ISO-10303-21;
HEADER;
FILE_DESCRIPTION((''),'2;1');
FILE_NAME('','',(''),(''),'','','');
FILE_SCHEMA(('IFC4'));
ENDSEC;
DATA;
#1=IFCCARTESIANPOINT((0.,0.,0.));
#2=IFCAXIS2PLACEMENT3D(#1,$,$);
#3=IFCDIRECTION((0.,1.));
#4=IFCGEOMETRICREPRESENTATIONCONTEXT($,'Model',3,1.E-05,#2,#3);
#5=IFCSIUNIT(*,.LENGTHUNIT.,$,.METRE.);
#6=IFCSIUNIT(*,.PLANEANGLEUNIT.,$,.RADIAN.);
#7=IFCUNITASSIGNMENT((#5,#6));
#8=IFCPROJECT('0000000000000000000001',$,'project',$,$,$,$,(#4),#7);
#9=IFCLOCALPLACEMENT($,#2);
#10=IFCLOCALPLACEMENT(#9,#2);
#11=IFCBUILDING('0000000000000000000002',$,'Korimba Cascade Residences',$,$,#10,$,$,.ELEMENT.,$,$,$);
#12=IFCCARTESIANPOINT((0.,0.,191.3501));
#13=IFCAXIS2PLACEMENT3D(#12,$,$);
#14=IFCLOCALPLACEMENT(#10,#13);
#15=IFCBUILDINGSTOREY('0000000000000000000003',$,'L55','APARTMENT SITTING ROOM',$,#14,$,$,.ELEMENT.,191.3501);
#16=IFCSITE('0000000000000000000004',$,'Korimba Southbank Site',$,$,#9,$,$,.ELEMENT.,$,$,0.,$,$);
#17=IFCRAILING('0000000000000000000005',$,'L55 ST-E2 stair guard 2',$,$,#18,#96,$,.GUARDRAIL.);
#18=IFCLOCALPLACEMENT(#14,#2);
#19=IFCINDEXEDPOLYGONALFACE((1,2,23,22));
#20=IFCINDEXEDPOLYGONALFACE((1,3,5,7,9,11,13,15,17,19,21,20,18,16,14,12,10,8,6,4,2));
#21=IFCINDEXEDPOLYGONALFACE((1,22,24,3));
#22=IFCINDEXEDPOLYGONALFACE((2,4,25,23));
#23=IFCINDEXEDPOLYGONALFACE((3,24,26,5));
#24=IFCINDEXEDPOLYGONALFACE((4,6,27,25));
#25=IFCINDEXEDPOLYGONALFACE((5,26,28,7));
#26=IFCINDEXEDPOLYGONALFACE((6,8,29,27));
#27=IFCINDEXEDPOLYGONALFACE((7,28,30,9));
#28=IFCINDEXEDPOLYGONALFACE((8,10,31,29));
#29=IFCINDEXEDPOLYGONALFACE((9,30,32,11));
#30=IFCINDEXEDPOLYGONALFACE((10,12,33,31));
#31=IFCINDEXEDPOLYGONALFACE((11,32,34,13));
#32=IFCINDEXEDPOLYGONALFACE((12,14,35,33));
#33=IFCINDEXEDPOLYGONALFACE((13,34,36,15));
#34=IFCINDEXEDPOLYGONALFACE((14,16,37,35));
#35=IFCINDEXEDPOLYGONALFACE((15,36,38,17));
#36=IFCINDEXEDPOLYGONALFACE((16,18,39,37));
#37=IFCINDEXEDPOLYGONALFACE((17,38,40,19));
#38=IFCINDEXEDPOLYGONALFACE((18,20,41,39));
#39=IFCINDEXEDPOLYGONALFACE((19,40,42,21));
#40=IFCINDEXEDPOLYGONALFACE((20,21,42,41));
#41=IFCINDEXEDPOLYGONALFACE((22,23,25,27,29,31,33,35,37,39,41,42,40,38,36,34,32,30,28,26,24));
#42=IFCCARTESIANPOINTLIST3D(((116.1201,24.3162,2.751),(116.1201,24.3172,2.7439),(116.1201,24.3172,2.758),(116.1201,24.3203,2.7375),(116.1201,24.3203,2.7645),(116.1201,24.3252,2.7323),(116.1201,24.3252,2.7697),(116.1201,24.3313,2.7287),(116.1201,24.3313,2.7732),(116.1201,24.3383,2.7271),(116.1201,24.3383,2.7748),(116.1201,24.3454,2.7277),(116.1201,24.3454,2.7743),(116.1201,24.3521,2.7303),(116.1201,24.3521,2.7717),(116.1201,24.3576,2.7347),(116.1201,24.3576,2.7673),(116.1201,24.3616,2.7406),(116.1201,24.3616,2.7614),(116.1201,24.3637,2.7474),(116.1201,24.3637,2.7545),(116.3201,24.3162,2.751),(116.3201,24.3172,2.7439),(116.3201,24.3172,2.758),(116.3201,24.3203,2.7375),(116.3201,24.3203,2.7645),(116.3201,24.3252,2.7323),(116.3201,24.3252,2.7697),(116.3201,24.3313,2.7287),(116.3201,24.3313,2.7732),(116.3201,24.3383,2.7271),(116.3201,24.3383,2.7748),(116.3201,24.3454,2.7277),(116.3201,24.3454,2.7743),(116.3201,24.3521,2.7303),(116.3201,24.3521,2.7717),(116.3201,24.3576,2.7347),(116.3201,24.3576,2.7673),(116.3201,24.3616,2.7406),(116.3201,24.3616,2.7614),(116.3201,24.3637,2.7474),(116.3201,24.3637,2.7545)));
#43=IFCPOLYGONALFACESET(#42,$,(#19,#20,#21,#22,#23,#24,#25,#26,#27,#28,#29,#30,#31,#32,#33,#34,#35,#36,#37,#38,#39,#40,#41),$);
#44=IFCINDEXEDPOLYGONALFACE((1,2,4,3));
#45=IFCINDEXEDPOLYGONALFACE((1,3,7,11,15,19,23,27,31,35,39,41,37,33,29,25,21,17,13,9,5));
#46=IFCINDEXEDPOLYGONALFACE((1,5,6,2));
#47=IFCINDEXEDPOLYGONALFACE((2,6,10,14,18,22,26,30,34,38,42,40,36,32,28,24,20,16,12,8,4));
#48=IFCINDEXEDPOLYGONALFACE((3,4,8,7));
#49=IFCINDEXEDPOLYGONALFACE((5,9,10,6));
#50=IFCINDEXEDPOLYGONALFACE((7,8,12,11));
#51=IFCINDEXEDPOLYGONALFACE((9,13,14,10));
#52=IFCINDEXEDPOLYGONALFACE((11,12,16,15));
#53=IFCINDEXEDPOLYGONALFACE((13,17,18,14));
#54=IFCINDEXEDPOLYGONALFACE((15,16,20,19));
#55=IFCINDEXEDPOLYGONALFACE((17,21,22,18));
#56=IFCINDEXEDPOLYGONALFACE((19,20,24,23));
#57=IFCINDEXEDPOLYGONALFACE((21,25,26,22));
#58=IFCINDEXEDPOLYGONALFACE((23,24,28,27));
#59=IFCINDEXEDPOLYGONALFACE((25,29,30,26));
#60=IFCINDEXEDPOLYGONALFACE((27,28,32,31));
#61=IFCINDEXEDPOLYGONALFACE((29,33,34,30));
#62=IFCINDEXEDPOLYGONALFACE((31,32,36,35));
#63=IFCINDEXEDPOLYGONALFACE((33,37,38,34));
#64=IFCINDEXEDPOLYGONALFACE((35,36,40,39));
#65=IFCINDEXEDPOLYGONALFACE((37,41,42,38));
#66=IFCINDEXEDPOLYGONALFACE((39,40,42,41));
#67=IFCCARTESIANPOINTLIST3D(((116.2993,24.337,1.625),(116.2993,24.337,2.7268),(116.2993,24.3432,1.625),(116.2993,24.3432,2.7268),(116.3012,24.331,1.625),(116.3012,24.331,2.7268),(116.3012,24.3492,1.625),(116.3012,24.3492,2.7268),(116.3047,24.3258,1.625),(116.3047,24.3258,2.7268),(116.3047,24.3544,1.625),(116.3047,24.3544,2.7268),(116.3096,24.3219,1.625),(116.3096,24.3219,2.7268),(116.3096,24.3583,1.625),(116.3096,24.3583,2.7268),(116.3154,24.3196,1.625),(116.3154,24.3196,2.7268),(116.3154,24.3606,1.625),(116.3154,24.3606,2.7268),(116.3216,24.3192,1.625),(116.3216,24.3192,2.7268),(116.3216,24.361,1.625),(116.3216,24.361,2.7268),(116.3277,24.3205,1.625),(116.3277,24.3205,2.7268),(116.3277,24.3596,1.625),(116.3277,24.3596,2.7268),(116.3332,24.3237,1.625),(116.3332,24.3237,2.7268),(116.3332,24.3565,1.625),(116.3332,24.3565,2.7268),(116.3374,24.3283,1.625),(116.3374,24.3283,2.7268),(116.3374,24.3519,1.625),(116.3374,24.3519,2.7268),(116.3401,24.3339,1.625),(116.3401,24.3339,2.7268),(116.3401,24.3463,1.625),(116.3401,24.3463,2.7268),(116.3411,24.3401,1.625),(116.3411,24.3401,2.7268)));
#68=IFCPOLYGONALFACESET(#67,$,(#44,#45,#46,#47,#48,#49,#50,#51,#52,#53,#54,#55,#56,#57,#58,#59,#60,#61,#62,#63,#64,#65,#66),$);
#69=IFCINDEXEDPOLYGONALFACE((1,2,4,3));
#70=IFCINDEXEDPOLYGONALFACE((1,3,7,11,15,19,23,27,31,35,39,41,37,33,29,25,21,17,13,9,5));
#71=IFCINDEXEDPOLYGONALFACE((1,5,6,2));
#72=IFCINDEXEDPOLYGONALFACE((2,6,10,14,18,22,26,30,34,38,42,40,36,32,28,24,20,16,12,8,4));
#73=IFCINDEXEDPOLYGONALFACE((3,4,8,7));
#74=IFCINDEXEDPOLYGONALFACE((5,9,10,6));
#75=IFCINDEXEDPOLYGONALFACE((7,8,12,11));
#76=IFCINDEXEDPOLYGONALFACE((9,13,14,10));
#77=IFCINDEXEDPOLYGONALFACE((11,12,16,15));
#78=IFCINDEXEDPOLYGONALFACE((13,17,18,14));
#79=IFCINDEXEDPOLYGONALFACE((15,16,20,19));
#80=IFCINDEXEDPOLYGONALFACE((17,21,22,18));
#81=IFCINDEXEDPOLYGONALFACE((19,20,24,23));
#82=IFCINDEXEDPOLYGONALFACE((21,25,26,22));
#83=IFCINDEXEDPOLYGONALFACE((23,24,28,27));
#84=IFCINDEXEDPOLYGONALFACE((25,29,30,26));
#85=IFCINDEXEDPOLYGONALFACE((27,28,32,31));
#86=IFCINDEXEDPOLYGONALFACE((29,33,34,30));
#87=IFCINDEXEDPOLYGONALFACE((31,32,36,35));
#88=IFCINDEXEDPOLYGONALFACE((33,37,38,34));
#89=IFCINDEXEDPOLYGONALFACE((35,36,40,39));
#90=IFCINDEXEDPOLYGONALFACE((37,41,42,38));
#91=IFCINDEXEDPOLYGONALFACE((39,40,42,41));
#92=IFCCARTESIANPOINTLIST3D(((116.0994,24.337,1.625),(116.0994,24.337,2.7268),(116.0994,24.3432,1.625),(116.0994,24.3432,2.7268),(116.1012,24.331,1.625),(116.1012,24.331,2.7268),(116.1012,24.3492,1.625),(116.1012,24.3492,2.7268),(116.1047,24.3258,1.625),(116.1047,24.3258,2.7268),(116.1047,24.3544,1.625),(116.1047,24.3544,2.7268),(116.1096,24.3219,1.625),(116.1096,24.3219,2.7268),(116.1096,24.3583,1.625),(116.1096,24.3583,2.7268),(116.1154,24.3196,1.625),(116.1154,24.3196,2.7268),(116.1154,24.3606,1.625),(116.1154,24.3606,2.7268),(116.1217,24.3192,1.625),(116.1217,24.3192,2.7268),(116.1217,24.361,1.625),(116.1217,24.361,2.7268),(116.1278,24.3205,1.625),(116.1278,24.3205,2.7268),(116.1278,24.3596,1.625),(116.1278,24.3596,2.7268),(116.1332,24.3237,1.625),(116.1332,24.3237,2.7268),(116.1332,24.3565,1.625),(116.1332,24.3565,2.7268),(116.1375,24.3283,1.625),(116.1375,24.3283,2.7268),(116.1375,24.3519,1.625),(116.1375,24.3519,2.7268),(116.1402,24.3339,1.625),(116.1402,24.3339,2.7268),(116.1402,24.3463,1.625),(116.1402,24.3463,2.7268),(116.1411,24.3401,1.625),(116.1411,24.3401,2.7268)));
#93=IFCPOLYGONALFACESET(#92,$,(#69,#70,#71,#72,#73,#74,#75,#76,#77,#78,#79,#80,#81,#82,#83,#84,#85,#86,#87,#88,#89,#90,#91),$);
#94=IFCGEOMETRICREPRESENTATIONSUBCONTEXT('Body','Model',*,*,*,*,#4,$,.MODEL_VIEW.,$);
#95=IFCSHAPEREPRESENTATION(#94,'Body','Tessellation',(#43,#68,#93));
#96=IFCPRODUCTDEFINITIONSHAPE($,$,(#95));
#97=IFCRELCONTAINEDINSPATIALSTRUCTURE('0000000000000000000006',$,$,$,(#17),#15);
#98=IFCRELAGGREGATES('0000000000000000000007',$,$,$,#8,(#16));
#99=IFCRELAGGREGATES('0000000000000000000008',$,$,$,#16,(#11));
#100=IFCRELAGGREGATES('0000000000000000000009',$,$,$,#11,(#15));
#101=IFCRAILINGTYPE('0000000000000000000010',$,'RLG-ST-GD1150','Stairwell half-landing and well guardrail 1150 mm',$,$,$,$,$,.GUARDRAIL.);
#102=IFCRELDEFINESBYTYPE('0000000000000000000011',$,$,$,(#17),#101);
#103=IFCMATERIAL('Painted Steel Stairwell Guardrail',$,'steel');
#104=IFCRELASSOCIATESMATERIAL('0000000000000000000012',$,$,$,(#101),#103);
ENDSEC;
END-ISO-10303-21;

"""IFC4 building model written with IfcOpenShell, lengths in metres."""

from ifc_helpers import new_model, si_unit, direction, frame, origin, origin_2d, place, context, subcontext, project, spatial, circle, extrude, material, type_object, element, save


model = new_model("IFC4")

# Units and contexts
model_context = context("Model", 3, precision=1e-05, world=origin(), true_north=direction((0.0, 1.0)))
body_context = subcontext(model_context, "Body", "Model", "MODEL_VIEW")
ifc_project = project(units=[si_unit("LENGTHUNIT", "METRE"), si_unit("PLANEANGLEUNIT", "RADIAN")], contexts=[model_context])

# Site, building, storey
site_placement = place(None, origin())
site = spatial("IfcSite", under=ifc_project, at=site_placement, Name="Korimba Southbank Site", CompositionType="ELEMENT", RefElevation=0.0)
building_placement = place(site_placement, origin())
building = spatial("IfcBuilding", under=site, at=building_placement, Name="Korimba Cascade Residences", CompositionType="ELEMENT")
storey_placement = place(building_placement, frame((0.0, 0.0, 191.3501)))
storey = spatial("IfcBuildingStorey", under=building, at=storey_placement, Name="L55", Description="APARTMENT SITTING ROOM", CompositionType="ELEMENT", Elevation=191.3501)

# Railing
ifc_material_1 = material(Name="Painted Steel Stairwell Guardrail", Category="steel")
railing_type_1 = type_object("IfcRailingType", Name="RLG-ST-GD1150", Description="Stairwell half-landing and well guardrail 1150 mm", PredefinedType="GUARDRAIL", material=ifc_material_1)
railing_1_placement = place(storey_placement, frame((116.3201, 24.3401, 1.625)))
element("IfcRailing", 1, at=railing_1_placement, inside=storey, type_object=railing_type_1, Name="L55 ST-E2 stair guard 2", PredefinedType="GUARDRAIL", context=body_context, shape_type="SweptSolid", body=[
    extrude(circle(Radius=0.0239, at=origin_2d()), frame((0.0, 0.0, 1.126), z_axis=(-1.0, 0.0, 0.0), x_axis=(0.0, -1.0, 0.0)), (0.0, 0.0, 1.0), 0.2),
    extrude(circle(Radius=0.021, at=origin_2d()), origin(), (0.0, 0.0, 1.0), 1.1018),
    extrude(circle(Radius=0.021, at=origin_2d()), frame((-0.2, 0.0, 0.0)), (0.0, 0.0, 1.0), 1.1018),
])

save(model, "model.ifc")
